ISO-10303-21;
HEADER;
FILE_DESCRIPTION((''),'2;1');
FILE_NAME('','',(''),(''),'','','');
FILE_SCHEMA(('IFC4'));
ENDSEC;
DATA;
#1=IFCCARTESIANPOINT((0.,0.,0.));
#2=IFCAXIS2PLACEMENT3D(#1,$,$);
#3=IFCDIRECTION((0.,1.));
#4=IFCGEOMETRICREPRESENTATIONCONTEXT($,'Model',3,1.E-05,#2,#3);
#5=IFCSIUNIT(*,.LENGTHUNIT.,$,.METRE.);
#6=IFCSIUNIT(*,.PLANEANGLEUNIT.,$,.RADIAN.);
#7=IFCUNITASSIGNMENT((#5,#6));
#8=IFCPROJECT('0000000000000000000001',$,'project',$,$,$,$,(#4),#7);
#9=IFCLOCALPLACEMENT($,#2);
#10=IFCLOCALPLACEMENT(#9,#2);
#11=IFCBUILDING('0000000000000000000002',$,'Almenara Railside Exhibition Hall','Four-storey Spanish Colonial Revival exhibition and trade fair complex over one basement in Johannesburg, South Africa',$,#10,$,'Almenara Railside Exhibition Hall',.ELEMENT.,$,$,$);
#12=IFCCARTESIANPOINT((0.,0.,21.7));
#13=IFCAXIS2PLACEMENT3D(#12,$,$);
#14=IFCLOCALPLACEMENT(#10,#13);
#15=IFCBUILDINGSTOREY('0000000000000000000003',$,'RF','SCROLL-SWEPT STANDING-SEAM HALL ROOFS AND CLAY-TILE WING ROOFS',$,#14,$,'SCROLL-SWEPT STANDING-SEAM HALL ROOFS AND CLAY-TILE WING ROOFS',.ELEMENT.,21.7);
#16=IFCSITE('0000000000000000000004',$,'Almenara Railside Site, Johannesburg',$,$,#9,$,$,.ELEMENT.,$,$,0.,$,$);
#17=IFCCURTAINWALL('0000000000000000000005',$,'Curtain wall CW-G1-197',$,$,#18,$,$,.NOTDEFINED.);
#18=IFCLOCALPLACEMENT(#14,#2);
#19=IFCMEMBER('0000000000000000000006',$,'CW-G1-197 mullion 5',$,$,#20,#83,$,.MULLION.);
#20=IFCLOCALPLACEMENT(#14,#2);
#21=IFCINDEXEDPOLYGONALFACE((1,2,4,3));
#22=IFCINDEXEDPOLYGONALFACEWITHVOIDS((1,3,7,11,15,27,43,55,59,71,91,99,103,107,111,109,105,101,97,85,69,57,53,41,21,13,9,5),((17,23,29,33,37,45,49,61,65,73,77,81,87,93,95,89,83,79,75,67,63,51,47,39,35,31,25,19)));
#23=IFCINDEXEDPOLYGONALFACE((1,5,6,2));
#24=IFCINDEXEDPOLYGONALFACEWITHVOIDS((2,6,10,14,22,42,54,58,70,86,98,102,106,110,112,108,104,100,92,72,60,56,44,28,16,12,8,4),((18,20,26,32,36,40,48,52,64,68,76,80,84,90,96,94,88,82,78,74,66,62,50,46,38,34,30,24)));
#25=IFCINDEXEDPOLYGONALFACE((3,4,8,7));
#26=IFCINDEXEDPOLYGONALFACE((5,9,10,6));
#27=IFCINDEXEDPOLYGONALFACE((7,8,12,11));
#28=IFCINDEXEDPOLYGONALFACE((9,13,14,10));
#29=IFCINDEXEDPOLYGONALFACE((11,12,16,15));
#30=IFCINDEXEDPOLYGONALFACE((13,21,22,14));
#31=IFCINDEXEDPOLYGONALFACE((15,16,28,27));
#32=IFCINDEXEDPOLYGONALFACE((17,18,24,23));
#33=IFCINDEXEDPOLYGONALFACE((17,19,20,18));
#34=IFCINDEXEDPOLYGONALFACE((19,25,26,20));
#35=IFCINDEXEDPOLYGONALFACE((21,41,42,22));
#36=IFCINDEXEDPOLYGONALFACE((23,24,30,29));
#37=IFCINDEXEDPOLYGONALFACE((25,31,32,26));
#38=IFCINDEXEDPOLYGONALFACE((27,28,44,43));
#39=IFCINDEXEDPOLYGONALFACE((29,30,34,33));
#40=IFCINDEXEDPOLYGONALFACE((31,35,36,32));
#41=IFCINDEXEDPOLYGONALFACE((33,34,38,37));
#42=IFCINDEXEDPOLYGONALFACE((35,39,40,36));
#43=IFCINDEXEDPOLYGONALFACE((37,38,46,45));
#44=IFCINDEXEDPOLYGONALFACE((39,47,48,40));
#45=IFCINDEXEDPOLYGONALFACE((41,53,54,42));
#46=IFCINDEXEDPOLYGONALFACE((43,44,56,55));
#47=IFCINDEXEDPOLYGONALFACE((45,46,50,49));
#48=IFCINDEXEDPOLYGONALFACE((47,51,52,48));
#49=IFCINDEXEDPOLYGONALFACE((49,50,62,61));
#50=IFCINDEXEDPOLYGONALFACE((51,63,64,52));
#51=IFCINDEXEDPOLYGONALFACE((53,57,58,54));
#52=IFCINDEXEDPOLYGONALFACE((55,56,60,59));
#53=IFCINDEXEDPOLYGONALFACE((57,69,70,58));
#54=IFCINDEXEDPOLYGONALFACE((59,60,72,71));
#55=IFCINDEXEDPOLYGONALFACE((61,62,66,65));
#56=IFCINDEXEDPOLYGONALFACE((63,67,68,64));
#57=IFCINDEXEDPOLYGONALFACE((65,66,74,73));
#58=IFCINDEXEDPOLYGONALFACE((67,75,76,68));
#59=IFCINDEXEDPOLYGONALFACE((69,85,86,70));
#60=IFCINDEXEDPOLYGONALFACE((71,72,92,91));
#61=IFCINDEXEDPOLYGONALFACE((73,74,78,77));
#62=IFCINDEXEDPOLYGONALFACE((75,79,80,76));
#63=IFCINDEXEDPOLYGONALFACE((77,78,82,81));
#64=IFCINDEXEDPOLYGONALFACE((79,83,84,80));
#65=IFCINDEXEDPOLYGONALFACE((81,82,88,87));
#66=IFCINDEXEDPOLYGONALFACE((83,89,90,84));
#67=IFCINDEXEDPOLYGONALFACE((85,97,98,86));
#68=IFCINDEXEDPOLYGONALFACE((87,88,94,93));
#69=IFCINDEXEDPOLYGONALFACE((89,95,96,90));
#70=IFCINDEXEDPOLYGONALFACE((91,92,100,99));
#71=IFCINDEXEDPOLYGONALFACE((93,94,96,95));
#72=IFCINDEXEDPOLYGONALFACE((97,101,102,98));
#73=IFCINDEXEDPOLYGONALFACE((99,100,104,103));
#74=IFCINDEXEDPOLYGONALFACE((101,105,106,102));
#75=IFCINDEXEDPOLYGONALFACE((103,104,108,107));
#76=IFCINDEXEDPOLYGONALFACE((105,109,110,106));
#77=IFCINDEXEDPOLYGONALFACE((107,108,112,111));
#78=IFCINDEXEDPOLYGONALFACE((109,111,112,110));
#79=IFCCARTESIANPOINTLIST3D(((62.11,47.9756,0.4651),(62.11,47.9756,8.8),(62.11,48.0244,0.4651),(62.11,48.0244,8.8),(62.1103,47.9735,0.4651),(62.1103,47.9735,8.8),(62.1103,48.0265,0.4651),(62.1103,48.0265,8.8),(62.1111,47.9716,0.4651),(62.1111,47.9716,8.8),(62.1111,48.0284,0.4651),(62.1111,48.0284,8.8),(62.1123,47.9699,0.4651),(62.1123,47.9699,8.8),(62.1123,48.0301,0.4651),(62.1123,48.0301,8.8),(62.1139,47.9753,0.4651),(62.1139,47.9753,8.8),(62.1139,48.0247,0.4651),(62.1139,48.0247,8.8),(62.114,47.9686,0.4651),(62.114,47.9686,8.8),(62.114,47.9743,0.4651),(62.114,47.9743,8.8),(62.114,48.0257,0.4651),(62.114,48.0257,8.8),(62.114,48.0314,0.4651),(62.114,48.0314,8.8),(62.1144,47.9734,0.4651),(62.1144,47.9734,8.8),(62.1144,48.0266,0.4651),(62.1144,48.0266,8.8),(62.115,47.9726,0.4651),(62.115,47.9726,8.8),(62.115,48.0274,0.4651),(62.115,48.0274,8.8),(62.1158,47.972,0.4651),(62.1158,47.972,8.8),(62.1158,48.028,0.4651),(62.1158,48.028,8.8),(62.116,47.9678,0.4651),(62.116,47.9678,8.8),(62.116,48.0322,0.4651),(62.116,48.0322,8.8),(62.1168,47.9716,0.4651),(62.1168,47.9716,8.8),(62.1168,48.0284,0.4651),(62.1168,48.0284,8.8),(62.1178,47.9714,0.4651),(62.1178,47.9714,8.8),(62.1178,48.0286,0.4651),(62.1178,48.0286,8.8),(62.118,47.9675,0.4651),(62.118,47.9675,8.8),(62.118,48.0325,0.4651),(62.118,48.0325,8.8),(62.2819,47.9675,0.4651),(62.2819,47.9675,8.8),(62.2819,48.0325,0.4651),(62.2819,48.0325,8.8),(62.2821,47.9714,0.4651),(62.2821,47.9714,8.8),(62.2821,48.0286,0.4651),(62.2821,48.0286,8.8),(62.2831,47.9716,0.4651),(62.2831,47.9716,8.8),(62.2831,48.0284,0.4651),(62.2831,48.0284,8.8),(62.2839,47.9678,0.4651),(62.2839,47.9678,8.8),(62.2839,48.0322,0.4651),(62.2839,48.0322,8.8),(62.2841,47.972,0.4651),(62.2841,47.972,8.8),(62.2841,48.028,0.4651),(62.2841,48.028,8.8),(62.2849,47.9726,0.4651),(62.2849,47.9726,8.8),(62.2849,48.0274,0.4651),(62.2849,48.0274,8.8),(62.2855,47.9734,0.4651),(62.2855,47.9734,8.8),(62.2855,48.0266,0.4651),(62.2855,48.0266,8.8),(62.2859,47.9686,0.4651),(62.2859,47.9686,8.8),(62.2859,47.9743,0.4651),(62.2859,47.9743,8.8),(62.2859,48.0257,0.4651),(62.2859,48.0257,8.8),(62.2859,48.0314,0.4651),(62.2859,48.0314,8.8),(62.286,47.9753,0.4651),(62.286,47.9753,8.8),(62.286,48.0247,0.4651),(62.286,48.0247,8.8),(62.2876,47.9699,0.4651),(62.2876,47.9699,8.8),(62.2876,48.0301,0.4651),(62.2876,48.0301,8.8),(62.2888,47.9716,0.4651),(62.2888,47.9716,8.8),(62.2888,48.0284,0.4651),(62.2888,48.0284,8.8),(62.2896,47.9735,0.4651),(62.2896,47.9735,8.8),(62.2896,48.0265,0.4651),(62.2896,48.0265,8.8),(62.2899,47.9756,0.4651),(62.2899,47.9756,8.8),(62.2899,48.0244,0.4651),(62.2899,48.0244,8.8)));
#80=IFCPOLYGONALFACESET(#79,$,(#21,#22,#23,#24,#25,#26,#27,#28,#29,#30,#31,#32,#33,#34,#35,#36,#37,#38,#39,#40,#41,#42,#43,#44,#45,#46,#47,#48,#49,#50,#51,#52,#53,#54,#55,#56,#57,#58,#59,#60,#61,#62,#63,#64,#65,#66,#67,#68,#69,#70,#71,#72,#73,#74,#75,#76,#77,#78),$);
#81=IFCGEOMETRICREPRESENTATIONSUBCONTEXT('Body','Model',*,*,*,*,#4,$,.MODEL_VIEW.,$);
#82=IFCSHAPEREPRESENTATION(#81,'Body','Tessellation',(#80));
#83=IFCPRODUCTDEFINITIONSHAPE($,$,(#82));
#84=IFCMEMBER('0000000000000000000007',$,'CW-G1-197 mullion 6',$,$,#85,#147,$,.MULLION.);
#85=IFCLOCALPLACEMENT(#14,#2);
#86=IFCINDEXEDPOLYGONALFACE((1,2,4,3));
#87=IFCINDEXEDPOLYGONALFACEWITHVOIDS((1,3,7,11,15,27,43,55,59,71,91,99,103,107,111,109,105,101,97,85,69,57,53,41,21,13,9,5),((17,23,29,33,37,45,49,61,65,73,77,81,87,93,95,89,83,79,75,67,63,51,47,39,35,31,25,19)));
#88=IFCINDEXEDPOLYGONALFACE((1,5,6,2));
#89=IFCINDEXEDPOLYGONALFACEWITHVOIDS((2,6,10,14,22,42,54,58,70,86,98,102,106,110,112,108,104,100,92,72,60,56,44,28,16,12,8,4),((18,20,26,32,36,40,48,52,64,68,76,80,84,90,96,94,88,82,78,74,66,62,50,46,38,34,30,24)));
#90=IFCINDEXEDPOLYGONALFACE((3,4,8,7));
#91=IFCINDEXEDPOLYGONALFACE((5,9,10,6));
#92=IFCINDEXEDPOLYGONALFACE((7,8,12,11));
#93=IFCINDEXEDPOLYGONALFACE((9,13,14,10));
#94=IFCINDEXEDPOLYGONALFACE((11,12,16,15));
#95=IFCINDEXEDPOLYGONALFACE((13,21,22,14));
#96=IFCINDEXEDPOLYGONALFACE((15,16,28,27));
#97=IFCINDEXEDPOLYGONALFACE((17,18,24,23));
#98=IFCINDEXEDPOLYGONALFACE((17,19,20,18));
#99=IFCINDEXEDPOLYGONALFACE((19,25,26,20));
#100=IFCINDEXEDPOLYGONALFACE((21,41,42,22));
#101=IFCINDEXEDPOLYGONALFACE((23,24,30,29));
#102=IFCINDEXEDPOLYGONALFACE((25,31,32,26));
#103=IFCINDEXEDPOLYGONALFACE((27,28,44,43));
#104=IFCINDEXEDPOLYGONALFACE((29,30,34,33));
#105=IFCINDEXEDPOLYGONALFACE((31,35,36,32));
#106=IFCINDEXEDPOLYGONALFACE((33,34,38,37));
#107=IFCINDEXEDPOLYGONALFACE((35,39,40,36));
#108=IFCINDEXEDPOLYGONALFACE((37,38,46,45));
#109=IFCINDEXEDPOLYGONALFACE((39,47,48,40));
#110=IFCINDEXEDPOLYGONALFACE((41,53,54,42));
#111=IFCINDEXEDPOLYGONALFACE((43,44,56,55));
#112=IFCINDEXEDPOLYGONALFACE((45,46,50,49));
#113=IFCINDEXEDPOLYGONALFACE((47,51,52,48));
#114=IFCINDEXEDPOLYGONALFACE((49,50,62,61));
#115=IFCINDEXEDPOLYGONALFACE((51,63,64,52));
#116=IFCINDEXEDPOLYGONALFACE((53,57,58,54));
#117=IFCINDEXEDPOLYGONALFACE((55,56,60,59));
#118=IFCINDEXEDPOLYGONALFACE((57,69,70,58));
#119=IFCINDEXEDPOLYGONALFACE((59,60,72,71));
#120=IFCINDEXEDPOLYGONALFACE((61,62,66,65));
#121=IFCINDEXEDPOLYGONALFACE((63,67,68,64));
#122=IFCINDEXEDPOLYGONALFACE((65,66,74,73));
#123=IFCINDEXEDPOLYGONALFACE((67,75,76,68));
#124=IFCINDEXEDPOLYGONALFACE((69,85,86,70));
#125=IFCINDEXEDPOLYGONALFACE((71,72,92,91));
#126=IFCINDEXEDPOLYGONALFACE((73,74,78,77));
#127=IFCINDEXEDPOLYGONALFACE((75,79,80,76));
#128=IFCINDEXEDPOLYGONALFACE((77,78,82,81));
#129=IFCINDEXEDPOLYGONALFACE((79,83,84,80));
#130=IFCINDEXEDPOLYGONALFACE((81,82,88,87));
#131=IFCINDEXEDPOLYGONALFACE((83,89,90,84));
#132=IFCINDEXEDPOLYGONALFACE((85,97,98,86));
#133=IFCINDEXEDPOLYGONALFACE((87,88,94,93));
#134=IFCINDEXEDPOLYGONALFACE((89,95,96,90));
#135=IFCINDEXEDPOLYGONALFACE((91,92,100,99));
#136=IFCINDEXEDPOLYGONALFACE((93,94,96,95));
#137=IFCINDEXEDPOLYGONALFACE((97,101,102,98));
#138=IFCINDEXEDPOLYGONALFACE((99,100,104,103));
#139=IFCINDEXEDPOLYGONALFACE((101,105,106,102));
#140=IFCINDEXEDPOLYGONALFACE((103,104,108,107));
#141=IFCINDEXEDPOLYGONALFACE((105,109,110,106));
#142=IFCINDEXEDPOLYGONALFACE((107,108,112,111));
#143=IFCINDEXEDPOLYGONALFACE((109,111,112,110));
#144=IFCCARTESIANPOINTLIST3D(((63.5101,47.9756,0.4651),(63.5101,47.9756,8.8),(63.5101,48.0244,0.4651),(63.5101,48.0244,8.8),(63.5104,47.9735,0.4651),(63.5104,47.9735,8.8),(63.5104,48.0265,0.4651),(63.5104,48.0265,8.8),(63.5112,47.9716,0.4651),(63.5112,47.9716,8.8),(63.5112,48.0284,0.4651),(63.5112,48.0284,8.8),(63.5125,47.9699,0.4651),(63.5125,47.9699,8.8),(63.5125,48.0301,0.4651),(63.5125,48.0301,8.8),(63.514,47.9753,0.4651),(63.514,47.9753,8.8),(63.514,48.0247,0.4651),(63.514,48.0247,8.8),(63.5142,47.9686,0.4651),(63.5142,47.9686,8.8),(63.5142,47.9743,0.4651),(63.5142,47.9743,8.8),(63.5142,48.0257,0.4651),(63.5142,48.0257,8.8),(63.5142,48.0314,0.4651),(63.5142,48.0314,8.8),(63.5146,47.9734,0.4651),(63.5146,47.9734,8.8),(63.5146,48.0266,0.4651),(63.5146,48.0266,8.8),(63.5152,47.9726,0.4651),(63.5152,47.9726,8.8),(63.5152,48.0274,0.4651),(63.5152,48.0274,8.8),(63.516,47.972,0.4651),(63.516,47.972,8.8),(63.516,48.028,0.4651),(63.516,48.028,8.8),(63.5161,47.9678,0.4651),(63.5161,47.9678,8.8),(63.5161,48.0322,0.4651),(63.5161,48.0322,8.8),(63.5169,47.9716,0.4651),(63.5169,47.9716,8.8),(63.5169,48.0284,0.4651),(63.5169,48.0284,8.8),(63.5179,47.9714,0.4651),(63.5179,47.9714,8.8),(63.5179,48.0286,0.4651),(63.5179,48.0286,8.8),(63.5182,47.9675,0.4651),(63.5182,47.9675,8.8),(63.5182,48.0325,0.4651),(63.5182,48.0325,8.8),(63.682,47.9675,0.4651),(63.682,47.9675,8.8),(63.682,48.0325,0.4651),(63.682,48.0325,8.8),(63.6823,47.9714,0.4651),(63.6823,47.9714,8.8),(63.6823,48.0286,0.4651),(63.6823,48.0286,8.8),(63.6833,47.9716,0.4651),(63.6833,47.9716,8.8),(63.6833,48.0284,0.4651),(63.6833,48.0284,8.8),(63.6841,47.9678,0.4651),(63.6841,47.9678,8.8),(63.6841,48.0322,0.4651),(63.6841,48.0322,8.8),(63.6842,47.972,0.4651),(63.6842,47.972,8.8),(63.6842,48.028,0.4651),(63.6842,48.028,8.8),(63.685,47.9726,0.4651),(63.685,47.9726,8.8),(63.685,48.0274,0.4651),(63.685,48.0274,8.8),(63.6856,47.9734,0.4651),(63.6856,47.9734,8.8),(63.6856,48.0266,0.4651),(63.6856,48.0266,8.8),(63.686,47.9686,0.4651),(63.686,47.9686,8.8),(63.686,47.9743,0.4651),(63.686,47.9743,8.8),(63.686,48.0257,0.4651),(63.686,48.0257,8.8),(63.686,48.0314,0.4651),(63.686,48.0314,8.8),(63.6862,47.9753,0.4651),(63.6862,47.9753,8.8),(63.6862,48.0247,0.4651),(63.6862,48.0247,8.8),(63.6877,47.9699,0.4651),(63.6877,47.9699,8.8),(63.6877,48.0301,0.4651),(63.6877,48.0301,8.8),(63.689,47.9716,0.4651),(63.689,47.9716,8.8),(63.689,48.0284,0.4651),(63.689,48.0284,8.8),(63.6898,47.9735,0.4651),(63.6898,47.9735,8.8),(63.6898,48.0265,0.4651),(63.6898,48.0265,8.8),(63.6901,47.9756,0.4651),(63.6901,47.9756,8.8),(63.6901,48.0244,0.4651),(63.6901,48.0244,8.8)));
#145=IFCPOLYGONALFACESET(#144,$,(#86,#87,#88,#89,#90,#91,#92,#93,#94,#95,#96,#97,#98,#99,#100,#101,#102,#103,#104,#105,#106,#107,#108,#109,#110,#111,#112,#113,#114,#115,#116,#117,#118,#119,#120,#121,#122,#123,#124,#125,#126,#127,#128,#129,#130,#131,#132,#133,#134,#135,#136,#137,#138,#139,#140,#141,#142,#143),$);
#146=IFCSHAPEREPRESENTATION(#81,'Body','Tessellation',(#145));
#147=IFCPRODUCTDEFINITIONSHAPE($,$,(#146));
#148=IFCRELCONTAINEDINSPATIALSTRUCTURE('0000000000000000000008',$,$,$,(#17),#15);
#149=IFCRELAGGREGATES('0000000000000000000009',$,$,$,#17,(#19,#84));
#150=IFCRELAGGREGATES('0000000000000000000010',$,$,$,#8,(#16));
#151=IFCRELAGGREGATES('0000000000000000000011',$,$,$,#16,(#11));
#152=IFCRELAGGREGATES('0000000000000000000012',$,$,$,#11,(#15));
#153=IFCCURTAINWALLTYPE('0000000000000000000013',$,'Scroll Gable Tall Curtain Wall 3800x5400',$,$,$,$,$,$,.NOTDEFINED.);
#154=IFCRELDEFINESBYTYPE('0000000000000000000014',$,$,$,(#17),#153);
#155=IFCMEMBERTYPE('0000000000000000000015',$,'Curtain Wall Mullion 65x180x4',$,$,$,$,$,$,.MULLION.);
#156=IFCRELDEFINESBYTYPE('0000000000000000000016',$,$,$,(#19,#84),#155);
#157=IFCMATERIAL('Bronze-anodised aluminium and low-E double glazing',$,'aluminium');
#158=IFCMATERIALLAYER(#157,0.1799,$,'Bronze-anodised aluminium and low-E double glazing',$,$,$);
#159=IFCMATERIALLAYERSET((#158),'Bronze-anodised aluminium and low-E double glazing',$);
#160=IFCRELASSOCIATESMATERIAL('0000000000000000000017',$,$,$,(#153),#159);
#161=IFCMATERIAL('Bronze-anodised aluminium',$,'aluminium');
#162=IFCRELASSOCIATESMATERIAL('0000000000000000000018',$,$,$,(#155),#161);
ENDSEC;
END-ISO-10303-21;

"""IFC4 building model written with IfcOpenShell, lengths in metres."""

from ifc_helpers import new_model, si_unit, direction, frame, origin, origin_2d, place, context, subcontext, project, spatial, hollow_rectangle, extrude, material, layer, layer_set, material_profile, profile_set, type_object, element, aggregate, save


model = new_model("IFC4")

# Units and contexts
model_context = context("Model", 3, precision=1e-05, world=origin(), true_north=direction((0.0, 1.0)))
body_context = subcontext(model_context, "Body", "Model", "MODEL_VIEW")
ifc_project = project(units=[si_unit("LENGTHUNIT", "METRE"), si_unit("PLANEANGLEUNIT", "RADIAN")], contexts=[model_context])

# Site, building, storey
site_placement = place(None, origin())
site = spatial("IfcSite", under=ifc_project, at=site_placement, Name="Almenara Railside Site, Johannesburg", CompositionType="ELEMENT", RefElevation=0.0)
building_placement = place(site_placement, origin())
building = spatial("IfcBuilding", under=site, at=building_placement, Name="Almenara Railside Exhibition Hall", Description="Four-storey Spanish Colonial Revival exhibition and trade fair complex over one basement in Johannesburg, South Africa", LongName="Almenara Railside Exhibition Hall", CompositionType="ELEMENT")
storey_placement = place(building_placement, frame((0.0, 0.0, 21.7)))
storey = spatial("IfcBuildingStorey", under=building, at=storey_placement, Name="RF", Description="SCROLL-SWEPT STANDING-SEAM HALL ROOFS AND CLAY-TILE WING ROOFS", LongName="SCROLL-SWEPT STANDING-SEAM HALL ROOFS AND CLAY-TILE WING ROOFS", CompositionType="ELEMENT", Elevation=21.7)

# Curtain wall, members
ifc_material_1 = material(Name="Bronze-anodised aluminium and low-E double glazing", Category="aluminium")
ifc_layer_1 = layer(ifc_material_1, 0.1799, Name="Bronze-anodised aluminium and low-E double glazing")
ifc_layer_set_1 = layer_set([ifc_layer_1], Name="Bronze-anodised aluminium and low-E double glazing")
curtain_wall_type = type_object("IfcCurtainWallType", Name="Scroll Gable Tall Curtain Wall 3800x5400", PredefinedType="NOTDEFINED", material=ifc_layer_set_1)
curtain_wall_placement = place(storey_placement, origin())
curtain_wall = element("IfcCurtainWall", 1, at=curtain_wall_placement, inside=storey, type_object=curtain_wall_type, Name="Curtain wall CW-G1-197", PredefinedType="NOTDEFINED")
ifc_material_2 = material(Name="Bronze-anodised aluminium", Category="aluminium")
ifc_material_profile_1 = material_profile(ifc_material_2, hollow_rectangle(XDim=0.0649, YDim=0.1799, WallThickness=0.0039, InnerFilletRadius=0.0039, OuterFilletRadius=0.0081, at=origin_2d()), Name="ALU-MUL 65x180x4")
ifc_profile_set_1 = profile_set([ifc_material_profile_1], Name="Bronze-anodised aluminium")
member_type_1 = type_object("IfcMemberType", Name="Curtain Wall Mullion 65x180x4", PredefinedType="MULLION", material=ifc_profile_set_1)
member_1_placement = place(storey_placement, frame((62.2, 48.0, 0.4651), z_axis=(0.0, 0.0, 1.0), x_axis=(0.0, 1.0, 0.0)))
member_1 = element("IfcMember", 2, at=member_1_placement, type_object=member_type_1, Name="CW-G1-197 mullion 5", PredefinedType="MULLION", context=body_context, shape_type="SweptSolid", body=[
    extrude(hollow_rectangle(XDim=0.0649, YDim=0.1799, WallThickness=0.0039, InnerFilletRadius=0.0039, OuterFilletRadius=0.0081, at=origin_2d()), origin(), (0.0, 0.0, 1.0), 8.335),
])
member_2_placement = place(storey_placement, frame((63.6001, 48.0, 0.4651), z_axis=(0.0, 0.0, 1.0), x_axis=(0.0, 1.0, 0.0)))
member_2 = element("IfcMember", 3, at=member_2_placement, type_object=member_type_1, Name="CW-G1-197 mullion 6", PredefinedType="MULLION", context=body_context, shape_type="SweptSolid", body=[
    extrude(hollow_rectangle(XDim=0.0649, YDim=0.1799, WallThickness=0.0039, InnerFilletRadius=0.0039, OuterFilletRadius=0.0081, at=origin_2d()), origin(), (0.0, 0.0, 1.0), 8.335),
])

aggregate(curtain_wall, [member_1, member_2])

save(model, "model.ifc")
